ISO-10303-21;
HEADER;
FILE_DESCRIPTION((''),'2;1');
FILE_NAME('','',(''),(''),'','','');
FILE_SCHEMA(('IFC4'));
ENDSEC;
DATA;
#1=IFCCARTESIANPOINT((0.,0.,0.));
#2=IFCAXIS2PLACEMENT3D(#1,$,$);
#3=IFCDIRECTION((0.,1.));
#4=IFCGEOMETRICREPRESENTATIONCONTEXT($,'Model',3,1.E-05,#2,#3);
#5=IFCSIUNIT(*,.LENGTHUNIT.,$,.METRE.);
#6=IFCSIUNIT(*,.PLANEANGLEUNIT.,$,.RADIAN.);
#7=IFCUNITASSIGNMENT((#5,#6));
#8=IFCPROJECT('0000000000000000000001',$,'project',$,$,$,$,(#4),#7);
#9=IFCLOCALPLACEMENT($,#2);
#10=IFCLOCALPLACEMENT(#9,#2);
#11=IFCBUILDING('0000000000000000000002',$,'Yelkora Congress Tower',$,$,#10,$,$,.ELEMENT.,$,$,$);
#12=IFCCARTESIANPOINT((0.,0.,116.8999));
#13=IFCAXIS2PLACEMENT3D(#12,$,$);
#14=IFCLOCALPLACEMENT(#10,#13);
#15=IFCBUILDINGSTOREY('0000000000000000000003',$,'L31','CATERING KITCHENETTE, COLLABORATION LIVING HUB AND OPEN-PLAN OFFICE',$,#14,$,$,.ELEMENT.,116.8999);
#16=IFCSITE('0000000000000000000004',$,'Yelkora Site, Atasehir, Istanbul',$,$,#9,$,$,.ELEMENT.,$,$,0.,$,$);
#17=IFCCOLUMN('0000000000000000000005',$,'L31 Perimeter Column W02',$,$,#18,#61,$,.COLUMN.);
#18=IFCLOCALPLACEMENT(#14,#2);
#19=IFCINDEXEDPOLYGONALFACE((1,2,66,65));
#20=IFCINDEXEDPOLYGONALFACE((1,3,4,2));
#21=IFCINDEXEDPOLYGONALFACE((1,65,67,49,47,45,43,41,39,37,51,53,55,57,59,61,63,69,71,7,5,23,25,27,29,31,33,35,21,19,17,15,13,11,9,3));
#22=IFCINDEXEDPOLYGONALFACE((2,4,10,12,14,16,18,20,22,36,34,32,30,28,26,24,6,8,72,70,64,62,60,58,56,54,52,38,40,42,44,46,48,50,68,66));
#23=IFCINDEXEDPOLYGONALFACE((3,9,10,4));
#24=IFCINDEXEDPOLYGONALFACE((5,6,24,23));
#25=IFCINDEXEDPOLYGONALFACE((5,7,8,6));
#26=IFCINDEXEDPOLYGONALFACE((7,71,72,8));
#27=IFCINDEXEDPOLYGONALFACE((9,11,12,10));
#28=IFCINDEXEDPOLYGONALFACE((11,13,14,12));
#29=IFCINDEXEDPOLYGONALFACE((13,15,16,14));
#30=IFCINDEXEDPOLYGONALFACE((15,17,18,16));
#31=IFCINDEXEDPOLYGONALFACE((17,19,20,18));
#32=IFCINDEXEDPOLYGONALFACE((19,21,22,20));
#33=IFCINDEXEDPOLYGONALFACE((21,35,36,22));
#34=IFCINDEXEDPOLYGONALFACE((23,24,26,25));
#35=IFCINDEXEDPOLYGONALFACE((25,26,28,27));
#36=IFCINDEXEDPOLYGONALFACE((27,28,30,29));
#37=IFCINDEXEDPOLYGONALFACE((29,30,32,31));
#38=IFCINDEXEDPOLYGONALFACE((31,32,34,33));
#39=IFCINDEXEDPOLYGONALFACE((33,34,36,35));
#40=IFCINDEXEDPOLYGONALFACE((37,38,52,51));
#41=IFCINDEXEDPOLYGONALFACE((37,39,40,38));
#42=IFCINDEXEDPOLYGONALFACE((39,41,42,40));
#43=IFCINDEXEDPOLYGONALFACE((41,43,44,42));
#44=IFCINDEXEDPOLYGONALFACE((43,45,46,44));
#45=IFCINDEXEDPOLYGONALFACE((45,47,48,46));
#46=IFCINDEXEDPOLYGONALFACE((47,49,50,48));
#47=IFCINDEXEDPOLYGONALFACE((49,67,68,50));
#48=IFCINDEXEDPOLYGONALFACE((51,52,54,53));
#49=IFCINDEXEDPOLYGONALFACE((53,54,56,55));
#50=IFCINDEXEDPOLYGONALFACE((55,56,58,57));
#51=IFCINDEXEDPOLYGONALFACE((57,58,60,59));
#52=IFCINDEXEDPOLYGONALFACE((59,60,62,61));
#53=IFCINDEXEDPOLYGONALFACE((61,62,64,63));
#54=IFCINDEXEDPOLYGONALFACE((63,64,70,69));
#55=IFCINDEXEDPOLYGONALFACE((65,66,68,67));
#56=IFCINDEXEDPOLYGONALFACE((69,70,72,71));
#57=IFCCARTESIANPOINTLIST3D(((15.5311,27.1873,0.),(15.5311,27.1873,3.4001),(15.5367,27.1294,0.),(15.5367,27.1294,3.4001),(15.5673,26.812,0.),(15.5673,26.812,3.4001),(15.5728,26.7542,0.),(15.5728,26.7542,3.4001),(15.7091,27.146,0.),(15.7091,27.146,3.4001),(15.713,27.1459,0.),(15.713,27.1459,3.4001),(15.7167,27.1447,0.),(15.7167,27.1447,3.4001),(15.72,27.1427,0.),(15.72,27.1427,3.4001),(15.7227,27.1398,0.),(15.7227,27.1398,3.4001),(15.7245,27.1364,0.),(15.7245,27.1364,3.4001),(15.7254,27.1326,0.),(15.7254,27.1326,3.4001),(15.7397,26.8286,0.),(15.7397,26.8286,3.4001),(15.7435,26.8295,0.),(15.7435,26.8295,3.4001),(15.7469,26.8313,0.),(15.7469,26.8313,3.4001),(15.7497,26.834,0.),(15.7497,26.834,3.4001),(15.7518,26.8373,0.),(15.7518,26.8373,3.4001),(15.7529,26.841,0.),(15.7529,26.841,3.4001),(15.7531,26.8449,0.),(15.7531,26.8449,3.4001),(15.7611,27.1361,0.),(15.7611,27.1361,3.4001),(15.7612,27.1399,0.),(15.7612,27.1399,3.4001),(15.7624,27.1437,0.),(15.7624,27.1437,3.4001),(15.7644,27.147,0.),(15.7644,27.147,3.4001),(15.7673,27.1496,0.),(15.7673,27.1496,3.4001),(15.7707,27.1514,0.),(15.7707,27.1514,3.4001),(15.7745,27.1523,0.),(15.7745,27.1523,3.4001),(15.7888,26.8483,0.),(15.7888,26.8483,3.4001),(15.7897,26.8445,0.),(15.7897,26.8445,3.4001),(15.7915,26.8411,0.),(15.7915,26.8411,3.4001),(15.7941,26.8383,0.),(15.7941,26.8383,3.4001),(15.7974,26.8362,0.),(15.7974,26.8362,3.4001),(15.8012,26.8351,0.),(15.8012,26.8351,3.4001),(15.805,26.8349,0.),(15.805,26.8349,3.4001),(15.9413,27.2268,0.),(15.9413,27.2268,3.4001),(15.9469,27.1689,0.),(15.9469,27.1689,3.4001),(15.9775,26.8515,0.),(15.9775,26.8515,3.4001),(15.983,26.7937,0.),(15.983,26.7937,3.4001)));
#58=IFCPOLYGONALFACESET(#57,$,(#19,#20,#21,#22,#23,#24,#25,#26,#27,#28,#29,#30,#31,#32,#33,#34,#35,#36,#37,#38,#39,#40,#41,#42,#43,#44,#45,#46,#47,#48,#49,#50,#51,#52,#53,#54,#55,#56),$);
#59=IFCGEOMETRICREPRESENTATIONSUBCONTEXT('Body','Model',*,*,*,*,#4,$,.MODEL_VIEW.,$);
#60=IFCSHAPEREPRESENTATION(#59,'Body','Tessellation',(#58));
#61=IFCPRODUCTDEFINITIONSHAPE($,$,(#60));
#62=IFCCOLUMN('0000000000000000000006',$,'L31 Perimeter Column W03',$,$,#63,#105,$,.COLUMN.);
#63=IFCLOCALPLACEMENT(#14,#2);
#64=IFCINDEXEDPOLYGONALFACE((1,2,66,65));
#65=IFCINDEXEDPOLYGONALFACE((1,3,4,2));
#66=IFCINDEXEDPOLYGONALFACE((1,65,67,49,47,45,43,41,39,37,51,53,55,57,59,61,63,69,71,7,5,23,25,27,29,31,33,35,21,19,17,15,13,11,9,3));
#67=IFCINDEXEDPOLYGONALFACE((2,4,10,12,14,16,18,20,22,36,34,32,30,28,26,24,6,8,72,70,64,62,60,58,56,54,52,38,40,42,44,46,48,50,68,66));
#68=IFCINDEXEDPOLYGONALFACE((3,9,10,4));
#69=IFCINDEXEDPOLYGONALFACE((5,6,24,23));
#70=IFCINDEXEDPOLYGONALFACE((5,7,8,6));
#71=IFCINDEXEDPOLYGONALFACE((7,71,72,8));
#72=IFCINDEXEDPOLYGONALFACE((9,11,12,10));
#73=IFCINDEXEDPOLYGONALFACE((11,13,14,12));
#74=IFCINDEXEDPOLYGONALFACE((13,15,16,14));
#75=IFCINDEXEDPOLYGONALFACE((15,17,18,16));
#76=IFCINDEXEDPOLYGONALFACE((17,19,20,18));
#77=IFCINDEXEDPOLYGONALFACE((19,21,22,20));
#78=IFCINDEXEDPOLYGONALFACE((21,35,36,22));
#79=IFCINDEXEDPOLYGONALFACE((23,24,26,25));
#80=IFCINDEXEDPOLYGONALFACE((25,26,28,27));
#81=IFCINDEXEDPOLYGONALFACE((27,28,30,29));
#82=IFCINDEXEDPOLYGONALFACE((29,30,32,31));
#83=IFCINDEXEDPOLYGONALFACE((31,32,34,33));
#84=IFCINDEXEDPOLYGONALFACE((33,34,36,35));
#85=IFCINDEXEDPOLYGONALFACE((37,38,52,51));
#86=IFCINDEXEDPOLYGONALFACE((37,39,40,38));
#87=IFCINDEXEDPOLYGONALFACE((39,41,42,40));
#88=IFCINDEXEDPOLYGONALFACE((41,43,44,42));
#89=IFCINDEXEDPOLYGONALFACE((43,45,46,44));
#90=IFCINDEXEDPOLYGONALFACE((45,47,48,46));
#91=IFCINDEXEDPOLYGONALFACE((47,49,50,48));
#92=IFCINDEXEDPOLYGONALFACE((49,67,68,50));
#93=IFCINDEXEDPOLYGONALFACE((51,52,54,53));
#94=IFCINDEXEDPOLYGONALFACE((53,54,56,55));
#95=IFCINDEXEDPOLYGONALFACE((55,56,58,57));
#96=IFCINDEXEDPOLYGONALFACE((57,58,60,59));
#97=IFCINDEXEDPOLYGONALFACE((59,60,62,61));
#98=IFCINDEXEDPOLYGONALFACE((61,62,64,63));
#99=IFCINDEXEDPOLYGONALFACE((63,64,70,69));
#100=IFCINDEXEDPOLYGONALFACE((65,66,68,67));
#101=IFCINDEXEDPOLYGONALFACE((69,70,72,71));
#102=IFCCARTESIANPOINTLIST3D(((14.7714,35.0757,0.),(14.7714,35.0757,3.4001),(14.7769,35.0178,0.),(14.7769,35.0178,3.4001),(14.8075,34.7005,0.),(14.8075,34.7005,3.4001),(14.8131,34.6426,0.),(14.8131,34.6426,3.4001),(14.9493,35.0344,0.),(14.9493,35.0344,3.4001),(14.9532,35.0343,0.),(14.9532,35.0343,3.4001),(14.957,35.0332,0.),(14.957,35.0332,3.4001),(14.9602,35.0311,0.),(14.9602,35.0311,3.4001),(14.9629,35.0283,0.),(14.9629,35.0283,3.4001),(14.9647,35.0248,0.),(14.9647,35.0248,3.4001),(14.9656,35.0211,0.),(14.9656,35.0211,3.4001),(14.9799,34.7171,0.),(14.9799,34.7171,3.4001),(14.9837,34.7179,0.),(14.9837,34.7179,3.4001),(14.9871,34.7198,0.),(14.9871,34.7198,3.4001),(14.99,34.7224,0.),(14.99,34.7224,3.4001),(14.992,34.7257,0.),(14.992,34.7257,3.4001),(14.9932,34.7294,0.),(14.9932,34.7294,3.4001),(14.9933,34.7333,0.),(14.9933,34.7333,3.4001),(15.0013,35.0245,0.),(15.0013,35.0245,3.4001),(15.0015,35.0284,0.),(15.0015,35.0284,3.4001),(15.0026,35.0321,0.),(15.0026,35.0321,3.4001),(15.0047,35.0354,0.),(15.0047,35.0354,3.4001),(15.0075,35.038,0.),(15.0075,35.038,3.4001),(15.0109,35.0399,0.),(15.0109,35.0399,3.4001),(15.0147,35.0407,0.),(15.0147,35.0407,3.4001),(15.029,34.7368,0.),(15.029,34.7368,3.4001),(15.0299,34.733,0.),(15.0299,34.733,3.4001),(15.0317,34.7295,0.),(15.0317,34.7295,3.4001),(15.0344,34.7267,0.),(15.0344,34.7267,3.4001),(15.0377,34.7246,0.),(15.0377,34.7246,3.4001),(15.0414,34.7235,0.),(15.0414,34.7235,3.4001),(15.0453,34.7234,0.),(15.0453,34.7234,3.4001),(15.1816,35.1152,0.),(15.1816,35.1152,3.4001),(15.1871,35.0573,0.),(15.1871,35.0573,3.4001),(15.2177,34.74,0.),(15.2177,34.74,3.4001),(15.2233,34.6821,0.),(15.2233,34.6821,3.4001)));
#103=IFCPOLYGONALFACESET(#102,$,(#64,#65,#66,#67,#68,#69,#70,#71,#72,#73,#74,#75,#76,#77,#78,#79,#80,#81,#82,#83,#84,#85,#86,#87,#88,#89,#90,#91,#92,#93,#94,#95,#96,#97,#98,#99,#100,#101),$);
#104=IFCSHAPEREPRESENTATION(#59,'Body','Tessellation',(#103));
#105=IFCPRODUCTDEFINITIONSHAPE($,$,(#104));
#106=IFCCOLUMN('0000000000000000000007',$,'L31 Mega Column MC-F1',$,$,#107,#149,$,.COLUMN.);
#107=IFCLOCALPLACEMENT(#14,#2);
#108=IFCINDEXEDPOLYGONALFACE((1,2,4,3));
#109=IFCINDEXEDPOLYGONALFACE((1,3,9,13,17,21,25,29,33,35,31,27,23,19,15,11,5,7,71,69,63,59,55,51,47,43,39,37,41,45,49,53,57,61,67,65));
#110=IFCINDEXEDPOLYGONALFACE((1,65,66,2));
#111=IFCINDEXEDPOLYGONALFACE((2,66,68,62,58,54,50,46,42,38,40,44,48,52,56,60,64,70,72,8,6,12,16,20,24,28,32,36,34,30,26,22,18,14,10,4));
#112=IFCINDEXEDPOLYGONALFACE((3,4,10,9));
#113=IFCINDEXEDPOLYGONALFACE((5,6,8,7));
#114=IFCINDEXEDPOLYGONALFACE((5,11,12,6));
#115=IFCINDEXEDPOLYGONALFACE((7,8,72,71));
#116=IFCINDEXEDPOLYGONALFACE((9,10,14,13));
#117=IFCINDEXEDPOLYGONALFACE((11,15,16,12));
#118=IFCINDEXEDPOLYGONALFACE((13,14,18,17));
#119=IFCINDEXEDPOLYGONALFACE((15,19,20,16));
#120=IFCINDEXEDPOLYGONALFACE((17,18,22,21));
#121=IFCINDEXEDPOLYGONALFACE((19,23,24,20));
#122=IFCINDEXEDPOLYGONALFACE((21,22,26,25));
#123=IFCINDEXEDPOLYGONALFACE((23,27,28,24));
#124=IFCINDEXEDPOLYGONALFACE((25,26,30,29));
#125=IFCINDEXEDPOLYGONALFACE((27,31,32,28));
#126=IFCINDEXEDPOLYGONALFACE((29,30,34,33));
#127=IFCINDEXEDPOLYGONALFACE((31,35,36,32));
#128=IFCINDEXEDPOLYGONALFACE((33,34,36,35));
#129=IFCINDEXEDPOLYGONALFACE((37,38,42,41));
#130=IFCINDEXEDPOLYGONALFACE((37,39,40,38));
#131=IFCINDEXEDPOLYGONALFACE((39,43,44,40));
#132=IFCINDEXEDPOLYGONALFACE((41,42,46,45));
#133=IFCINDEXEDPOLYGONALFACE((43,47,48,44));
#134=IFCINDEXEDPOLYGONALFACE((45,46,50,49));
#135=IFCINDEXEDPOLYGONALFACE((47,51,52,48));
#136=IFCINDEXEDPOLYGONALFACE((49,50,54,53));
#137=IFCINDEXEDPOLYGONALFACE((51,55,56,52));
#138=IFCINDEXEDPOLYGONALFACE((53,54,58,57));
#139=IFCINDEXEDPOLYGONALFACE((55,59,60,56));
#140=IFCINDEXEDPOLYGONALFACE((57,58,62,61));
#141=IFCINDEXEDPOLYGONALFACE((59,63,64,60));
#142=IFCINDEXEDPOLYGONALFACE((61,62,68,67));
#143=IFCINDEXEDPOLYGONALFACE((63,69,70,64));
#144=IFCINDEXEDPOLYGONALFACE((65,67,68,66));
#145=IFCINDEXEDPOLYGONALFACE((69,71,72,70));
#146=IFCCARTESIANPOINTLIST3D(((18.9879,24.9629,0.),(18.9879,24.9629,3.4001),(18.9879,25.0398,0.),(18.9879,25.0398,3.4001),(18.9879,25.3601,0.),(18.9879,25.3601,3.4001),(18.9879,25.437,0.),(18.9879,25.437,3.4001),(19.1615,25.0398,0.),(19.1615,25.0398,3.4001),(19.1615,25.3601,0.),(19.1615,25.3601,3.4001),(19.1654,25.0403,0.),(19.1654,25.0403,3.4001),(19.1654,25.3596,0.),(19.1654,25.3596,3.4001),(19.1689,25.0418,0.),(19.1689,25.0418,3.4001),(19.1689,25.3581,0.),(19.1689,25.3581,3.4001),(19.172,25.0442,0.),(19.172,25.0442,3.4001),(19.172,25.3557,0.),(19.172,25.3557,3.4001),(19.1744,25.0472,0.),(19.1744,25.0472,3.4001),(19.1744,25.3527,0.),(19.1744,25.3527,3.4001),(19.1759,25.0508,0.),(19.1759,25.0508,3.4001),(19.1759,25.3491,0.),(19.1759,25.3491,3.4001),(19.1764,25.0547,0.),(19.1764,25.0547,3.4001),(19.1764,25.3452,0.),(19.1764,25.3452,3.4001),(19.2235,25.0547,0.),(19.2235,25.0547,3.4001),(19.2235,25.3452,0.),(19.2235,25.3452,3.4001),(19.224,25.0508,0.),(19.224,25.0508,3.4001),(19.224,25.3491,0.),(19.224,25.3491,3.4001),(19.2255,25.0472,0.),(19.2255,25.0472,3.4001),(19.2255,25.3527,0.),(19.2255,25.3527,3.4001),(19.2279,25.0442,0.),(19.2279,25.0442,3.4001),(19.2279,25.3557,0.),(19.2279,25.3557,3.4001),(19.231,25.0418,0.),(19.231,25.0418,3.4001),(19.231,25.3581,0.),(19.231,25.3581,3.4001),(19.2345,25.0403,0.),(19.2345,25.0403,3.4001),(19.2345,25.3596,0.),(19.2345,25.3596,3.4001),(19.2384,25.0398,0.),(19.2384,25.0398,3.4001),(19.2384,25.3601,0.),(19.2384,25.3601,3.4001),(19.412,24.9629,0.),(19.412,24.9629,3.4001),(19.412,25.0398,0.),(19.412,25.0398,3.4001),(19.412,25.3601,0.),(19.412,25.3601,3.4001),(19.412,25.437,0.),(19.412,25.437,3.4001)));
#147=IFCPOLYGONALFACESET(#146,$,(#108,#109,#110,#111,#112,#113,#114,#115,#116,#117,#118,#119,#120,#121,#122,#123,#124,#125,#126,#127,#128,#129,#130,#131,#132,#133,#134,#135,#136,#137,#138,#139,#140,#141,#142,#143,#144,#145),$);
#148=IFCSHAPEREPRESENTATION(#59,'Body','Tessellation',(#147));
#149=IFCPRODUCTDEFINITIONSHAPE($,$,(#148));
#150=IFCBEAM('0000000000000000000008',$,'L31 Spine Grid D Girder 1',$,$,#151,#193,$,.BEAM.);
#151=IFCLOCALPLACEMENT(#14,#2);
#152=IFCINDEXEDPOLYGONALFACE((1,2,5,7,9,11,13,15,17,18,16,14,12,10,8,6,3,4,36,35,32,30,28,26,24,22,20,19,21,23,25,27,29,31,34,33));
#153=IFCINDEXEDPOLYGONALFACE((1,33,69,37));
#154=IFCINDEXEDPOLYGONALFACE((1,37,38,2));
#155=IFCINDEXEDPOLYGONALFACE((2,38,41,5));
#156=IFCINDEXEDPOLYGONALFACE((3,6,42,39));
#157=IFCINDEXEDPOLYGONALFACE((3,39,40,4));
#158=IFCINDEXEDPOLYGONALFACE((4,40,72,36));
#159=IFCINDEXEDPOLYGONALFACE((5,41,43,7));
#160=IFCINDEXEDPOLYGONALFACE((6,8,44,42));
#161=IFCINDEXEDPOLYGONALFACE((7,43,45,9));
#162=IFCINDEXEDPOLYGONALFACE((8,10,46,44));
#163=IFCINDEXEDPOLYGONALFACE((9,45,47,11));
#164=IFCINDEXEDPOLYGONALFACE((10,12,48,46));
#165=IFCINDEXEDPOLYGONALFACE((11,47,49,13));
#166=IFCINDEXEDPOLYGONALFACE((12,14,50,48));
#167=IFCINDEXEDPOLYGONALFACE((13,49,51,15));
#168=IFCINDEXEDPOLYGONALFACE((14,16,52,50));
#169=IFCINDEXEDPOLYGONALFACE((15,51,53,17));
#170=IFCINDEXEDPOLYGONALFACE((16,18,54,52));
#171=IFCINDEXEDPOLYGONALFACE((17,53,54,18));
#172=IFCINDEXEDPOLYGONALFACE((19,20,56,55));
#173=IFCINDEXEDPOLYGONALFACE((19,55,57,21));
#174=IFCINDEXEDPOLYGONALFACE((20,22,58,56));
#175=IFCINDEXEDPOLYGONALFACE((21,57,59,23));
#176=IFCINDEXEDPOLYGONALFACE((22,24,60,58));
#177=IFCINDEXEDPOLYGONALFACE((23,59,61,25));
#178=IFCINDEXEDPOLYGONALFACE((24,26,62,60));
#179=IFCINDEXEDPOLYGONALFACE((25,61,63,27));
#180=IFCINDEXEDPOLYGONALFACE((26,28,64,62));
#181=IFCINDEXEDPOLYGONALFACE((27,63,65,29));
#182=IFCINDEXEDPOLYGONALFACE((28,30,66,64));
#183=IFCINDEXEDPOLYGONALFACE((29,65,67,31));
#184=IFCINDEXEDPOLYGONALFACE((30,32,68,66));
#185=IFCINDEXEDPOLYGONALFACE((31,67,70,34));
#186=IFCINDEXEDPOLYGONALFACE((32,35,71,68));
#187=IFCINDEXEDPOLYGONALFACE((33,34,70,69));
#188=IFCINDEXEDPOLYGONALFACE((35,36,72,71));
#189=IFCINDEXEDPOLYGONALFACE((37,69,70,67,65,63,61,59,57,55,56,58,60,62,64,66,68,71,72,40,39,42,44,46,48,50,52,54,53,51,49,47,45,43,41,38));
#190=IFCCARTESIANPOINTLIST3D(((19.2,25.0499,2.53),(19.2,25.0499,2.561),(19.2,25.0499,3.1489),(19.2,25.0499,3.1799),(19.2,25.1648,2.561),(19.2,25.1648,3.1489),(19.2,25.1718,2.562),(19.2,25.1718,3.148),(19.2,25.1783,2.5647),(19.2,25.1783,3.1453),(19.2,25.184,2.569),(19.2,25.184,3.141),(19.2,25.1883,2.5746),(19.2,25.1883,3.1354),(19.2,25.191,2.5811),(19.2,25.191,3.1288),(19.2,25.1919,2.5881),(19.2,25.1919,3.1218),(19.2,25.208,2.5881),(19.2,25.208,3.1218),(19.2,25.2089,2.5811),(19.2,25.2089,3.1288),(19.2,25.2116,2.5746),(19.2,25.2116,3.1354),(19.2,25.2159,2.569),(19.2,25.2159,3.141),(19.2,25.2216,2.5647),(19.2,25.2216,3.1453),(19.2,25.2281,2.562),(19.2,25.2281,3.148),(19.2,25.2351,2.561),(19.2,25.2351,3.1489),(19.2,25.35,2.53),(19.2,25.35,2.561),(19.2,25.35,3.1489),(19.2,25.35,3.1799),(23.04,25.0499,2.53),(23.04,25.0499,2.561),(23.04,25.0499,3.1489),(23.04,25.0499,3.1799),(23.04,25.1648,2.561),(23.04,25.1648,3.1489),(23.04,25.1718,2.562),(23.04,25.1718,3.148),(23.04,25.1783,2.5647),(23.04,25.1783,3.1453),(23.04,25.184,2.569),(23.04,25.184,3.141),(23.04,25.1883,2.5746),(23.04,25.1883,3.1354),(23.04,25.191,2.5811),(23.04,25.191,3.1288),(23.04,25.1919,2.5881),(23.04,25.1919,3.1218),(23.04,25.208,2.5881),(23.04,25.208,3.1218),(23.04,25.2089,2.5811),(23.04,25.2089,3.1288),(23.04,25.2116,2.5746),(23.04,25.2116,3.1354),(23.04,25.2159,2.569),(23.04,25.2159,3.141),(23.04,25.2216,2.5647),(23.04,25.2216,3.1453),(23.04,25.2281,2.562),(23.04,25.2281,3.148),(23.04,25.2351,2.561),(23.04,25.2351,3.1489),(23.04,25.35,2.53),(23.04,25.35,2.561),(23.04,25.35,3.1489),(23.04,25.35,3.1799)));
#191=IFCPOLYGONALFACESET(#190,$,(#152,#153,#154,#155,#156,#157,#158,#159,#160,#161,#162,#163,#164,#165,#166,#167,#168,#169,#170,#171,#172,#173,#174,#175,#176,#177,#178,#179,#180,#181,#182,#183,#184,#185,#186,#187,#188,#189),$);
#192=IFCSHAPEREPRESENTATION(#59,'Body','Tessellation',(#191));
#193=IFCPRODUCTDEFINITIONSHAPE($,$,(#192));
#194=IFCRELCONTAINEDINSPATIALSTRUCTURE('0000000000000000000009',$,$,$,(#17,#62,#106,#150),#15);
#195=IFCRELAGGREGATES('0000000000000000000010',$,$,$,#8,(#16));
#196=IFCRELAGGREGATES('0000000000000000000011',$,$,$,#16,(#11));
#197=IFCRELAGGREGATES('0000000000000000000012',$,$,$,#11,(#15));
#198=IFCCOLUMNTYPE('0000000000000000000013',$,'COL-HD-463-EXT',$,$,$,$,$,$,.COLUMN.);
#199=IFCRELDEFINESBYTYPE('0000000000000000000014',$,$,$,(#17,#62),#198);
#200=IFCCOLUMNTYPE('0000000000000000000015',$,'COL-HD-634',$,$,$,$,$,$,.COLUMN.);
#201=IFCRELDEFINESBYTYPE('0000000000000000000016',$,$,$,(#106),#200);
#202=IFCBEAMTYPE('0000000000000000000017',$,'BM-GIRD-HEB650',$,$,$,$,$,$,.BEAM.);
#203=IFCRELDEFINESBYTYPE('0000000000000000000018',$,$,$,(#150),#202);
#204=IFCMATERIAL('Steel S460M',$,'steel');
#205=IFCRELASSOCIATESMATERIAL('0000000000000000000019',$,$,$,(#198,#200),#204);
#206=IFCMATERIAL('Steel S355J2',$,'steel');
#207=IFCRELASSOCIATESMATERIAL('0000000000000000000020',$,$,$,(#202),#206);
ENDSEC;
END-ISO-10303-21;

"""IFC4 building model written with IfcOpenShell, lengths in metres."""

from ifc_helpers import new_model, si_unit, direction, frame, origin, origin_2d, place, context, subcontext, project, spatial, i_section, extrude, material, material_profile, profile_set, type_object, element, save


model = new_model("IFC4")

# Units and contexts
model_context = context("Model", 3, precision=1e-05, world=origin(), true_north=direction((0.0, 1.0)))
body_context = subcontext(model_context, "Body", "Model", "MODEL_VIEW")
ifc_project = project(units=[si_unit("LENGTHUNIT", "METRE"), si_unit("PLANEANGLEUNIT", "RADIAN")], contexts=[model_context])

# Site, building, storey
site_placement = place(None, origin())
site = spatial("IfcSite", under=ifc_project, at=site_placement, Name="Yelkora Site, Atasehir, Istanbul", CompositionType="ELEMENT", RefElevation=0.0)
building_placement = place(site_placement, origin())
building = spatial("IfcBuilding", under=site, at=building_placement, Name="Yelkora Congress Tower", CompositionType="ELEMENT")
storey_placement = place(building_placement, frame((0.0, 0.0, 116.8999)))
storey = spatial("IfcBuildingStorey", under=building, at=storey_placement, Name="L31", Description="CATERING KITCHENETTE, COLLABORATION LIVING HUB AND OPEN-PLAN OFFICE", CompositionType="ELEMENT", Elevation=116.8999)

# Columns
ifc_material_1 = material(Name="Steel S460M", Category="steel")
ifc_material_profile_1 = material_profile(ifc_material_1, i_section(OverallWidth=0.4121, OverallDepth=0.4351, WebThickness=0.0359, FlangeThickness=0.0581, FilletRadius=0.0149, at=origin_2d()), Name="HD 400x463")
ifc_profile_set_1 = profile_set([ifc_material_profile_1], Name="Steel S460M")
column_type_1 = type_object("IfcColumnType", Name="COL-HD-463-EXT", PredefinedType="COLUMN", material=ifc_profile_set_1)
for number, where, z_axis, x_axis, name in (
    (1, (15.7571, 26.9905, 0.0), (0.0, 0.0, 1.0), (0.995396, 0.095846, 0.0), "L31 Perimeter Column W02"),
    (2, (14.9973, 34.8789, 0.0), (0.0, 0.0, 1.0), (0.995396, 0.095846, 0.0), "L31 Perimeter Column W03"),
):
    element("IfcColumn", number, at=place(storey_placement, frame(where, z_axis=z_axis, x_axis=x_axis)), inside=storey, type_object=column_type_1, Name=name, PredefinedType="COLUMN", context=body_context, shape_type="SweptSolid", body=[
        extrude(i_section(OverallWidth=0.4121, OverallDepth=0.4351, WebThickness=0.0359, FlangeThickness=0.0581, FilletRadius=0.0149, at=origin_2d()), origin(), (0.0, 0.0, 1.0), 3.4001),
    ])
ifc_material_profile_2 = material_profile(ifc_material_1, i_section(OverallWidth=0.4241, OverallDepth=0.4741, WebThickness=0.0471, FlangeThickness=0.0769, FilletRadius=0.0149, at=origin_2d()), Name="HD 400x634")
ifc_profile_set_2 = profile_set([ifc_material_profile_2], Name="Steel S460M")
column_type_2 = type_object("IfcColumnType", Name="COL-HD-634", PredefinedType="COLUMN", material=ifc_profile_set_2)
column_placement = place(storey_placement, frame((19.2, 25.2, 0.0), z_axis=(0.0, 0.0, 1.0), x_axis=(1.0, 0.0, 0.0)))
element("IfcColumn", 3, at=column_placement, inside=storey, type_object=column_type_2, Name="L31 Mega Column MC-F1", PredefinedType="COLUMN", context=body_context, shape_type="SweptSolid", body=[
    extrude(i_section(OverallWidth=0.4241, OverallDepth=0.4741, WebThickness=0.0471, FlangeThickness=0.0769, FilletRadius=0.0149, at=origin_2d()), origin(), (0.0, 0.0, 1.0), 3.4001),
])

# Beam
ifc_material_2 = material(Name="Steel S355J2", Category="steel")
ifc_material_profile_3 = material_profile(ifc_material_2, i_section(OverallWidth=0.3, OverallDepth=0.6499, WebThickness=0.0161, FlangeThickness=0.031, FilletRadius=0.0271, at=origin_2d()), Name="HEB 650")
ifc_profile_set_3 = profile_set([ifc_material_profile_3], Name="Steel S355J2")
beam_type_1 = type_object("IfcBeamType", Name="BM-GIRD-HEB650", PredefinedType="BEAM", material=ifc_profile_set_3)
beam_1_placement = place(storey_placement, frame((19.2, 25.2, 2.855), z_axis=(1.0, 0.0, 0.0), x_axis=(0.0, 1.0, 0.0)))
element("IfcBeam", 4, at=beam_1_placement, inside=storey, type_object=beam_type_1, Name="L31 Spine Grid D Girder 1", PredefinedType="BEAM", context=body_context, shape_type="SweptSolid", body=[
    extrude(i_section(OverallWidth=0.3, OverallDepth=0.6499, WebThickness=0.0161, FlangeThickness=0.031, FilletRadius=0.0271, at=origin_2d()), origin(), (0.0, 0.0, 1.0), 3.8401),
])

save(model, "model.ifc")
